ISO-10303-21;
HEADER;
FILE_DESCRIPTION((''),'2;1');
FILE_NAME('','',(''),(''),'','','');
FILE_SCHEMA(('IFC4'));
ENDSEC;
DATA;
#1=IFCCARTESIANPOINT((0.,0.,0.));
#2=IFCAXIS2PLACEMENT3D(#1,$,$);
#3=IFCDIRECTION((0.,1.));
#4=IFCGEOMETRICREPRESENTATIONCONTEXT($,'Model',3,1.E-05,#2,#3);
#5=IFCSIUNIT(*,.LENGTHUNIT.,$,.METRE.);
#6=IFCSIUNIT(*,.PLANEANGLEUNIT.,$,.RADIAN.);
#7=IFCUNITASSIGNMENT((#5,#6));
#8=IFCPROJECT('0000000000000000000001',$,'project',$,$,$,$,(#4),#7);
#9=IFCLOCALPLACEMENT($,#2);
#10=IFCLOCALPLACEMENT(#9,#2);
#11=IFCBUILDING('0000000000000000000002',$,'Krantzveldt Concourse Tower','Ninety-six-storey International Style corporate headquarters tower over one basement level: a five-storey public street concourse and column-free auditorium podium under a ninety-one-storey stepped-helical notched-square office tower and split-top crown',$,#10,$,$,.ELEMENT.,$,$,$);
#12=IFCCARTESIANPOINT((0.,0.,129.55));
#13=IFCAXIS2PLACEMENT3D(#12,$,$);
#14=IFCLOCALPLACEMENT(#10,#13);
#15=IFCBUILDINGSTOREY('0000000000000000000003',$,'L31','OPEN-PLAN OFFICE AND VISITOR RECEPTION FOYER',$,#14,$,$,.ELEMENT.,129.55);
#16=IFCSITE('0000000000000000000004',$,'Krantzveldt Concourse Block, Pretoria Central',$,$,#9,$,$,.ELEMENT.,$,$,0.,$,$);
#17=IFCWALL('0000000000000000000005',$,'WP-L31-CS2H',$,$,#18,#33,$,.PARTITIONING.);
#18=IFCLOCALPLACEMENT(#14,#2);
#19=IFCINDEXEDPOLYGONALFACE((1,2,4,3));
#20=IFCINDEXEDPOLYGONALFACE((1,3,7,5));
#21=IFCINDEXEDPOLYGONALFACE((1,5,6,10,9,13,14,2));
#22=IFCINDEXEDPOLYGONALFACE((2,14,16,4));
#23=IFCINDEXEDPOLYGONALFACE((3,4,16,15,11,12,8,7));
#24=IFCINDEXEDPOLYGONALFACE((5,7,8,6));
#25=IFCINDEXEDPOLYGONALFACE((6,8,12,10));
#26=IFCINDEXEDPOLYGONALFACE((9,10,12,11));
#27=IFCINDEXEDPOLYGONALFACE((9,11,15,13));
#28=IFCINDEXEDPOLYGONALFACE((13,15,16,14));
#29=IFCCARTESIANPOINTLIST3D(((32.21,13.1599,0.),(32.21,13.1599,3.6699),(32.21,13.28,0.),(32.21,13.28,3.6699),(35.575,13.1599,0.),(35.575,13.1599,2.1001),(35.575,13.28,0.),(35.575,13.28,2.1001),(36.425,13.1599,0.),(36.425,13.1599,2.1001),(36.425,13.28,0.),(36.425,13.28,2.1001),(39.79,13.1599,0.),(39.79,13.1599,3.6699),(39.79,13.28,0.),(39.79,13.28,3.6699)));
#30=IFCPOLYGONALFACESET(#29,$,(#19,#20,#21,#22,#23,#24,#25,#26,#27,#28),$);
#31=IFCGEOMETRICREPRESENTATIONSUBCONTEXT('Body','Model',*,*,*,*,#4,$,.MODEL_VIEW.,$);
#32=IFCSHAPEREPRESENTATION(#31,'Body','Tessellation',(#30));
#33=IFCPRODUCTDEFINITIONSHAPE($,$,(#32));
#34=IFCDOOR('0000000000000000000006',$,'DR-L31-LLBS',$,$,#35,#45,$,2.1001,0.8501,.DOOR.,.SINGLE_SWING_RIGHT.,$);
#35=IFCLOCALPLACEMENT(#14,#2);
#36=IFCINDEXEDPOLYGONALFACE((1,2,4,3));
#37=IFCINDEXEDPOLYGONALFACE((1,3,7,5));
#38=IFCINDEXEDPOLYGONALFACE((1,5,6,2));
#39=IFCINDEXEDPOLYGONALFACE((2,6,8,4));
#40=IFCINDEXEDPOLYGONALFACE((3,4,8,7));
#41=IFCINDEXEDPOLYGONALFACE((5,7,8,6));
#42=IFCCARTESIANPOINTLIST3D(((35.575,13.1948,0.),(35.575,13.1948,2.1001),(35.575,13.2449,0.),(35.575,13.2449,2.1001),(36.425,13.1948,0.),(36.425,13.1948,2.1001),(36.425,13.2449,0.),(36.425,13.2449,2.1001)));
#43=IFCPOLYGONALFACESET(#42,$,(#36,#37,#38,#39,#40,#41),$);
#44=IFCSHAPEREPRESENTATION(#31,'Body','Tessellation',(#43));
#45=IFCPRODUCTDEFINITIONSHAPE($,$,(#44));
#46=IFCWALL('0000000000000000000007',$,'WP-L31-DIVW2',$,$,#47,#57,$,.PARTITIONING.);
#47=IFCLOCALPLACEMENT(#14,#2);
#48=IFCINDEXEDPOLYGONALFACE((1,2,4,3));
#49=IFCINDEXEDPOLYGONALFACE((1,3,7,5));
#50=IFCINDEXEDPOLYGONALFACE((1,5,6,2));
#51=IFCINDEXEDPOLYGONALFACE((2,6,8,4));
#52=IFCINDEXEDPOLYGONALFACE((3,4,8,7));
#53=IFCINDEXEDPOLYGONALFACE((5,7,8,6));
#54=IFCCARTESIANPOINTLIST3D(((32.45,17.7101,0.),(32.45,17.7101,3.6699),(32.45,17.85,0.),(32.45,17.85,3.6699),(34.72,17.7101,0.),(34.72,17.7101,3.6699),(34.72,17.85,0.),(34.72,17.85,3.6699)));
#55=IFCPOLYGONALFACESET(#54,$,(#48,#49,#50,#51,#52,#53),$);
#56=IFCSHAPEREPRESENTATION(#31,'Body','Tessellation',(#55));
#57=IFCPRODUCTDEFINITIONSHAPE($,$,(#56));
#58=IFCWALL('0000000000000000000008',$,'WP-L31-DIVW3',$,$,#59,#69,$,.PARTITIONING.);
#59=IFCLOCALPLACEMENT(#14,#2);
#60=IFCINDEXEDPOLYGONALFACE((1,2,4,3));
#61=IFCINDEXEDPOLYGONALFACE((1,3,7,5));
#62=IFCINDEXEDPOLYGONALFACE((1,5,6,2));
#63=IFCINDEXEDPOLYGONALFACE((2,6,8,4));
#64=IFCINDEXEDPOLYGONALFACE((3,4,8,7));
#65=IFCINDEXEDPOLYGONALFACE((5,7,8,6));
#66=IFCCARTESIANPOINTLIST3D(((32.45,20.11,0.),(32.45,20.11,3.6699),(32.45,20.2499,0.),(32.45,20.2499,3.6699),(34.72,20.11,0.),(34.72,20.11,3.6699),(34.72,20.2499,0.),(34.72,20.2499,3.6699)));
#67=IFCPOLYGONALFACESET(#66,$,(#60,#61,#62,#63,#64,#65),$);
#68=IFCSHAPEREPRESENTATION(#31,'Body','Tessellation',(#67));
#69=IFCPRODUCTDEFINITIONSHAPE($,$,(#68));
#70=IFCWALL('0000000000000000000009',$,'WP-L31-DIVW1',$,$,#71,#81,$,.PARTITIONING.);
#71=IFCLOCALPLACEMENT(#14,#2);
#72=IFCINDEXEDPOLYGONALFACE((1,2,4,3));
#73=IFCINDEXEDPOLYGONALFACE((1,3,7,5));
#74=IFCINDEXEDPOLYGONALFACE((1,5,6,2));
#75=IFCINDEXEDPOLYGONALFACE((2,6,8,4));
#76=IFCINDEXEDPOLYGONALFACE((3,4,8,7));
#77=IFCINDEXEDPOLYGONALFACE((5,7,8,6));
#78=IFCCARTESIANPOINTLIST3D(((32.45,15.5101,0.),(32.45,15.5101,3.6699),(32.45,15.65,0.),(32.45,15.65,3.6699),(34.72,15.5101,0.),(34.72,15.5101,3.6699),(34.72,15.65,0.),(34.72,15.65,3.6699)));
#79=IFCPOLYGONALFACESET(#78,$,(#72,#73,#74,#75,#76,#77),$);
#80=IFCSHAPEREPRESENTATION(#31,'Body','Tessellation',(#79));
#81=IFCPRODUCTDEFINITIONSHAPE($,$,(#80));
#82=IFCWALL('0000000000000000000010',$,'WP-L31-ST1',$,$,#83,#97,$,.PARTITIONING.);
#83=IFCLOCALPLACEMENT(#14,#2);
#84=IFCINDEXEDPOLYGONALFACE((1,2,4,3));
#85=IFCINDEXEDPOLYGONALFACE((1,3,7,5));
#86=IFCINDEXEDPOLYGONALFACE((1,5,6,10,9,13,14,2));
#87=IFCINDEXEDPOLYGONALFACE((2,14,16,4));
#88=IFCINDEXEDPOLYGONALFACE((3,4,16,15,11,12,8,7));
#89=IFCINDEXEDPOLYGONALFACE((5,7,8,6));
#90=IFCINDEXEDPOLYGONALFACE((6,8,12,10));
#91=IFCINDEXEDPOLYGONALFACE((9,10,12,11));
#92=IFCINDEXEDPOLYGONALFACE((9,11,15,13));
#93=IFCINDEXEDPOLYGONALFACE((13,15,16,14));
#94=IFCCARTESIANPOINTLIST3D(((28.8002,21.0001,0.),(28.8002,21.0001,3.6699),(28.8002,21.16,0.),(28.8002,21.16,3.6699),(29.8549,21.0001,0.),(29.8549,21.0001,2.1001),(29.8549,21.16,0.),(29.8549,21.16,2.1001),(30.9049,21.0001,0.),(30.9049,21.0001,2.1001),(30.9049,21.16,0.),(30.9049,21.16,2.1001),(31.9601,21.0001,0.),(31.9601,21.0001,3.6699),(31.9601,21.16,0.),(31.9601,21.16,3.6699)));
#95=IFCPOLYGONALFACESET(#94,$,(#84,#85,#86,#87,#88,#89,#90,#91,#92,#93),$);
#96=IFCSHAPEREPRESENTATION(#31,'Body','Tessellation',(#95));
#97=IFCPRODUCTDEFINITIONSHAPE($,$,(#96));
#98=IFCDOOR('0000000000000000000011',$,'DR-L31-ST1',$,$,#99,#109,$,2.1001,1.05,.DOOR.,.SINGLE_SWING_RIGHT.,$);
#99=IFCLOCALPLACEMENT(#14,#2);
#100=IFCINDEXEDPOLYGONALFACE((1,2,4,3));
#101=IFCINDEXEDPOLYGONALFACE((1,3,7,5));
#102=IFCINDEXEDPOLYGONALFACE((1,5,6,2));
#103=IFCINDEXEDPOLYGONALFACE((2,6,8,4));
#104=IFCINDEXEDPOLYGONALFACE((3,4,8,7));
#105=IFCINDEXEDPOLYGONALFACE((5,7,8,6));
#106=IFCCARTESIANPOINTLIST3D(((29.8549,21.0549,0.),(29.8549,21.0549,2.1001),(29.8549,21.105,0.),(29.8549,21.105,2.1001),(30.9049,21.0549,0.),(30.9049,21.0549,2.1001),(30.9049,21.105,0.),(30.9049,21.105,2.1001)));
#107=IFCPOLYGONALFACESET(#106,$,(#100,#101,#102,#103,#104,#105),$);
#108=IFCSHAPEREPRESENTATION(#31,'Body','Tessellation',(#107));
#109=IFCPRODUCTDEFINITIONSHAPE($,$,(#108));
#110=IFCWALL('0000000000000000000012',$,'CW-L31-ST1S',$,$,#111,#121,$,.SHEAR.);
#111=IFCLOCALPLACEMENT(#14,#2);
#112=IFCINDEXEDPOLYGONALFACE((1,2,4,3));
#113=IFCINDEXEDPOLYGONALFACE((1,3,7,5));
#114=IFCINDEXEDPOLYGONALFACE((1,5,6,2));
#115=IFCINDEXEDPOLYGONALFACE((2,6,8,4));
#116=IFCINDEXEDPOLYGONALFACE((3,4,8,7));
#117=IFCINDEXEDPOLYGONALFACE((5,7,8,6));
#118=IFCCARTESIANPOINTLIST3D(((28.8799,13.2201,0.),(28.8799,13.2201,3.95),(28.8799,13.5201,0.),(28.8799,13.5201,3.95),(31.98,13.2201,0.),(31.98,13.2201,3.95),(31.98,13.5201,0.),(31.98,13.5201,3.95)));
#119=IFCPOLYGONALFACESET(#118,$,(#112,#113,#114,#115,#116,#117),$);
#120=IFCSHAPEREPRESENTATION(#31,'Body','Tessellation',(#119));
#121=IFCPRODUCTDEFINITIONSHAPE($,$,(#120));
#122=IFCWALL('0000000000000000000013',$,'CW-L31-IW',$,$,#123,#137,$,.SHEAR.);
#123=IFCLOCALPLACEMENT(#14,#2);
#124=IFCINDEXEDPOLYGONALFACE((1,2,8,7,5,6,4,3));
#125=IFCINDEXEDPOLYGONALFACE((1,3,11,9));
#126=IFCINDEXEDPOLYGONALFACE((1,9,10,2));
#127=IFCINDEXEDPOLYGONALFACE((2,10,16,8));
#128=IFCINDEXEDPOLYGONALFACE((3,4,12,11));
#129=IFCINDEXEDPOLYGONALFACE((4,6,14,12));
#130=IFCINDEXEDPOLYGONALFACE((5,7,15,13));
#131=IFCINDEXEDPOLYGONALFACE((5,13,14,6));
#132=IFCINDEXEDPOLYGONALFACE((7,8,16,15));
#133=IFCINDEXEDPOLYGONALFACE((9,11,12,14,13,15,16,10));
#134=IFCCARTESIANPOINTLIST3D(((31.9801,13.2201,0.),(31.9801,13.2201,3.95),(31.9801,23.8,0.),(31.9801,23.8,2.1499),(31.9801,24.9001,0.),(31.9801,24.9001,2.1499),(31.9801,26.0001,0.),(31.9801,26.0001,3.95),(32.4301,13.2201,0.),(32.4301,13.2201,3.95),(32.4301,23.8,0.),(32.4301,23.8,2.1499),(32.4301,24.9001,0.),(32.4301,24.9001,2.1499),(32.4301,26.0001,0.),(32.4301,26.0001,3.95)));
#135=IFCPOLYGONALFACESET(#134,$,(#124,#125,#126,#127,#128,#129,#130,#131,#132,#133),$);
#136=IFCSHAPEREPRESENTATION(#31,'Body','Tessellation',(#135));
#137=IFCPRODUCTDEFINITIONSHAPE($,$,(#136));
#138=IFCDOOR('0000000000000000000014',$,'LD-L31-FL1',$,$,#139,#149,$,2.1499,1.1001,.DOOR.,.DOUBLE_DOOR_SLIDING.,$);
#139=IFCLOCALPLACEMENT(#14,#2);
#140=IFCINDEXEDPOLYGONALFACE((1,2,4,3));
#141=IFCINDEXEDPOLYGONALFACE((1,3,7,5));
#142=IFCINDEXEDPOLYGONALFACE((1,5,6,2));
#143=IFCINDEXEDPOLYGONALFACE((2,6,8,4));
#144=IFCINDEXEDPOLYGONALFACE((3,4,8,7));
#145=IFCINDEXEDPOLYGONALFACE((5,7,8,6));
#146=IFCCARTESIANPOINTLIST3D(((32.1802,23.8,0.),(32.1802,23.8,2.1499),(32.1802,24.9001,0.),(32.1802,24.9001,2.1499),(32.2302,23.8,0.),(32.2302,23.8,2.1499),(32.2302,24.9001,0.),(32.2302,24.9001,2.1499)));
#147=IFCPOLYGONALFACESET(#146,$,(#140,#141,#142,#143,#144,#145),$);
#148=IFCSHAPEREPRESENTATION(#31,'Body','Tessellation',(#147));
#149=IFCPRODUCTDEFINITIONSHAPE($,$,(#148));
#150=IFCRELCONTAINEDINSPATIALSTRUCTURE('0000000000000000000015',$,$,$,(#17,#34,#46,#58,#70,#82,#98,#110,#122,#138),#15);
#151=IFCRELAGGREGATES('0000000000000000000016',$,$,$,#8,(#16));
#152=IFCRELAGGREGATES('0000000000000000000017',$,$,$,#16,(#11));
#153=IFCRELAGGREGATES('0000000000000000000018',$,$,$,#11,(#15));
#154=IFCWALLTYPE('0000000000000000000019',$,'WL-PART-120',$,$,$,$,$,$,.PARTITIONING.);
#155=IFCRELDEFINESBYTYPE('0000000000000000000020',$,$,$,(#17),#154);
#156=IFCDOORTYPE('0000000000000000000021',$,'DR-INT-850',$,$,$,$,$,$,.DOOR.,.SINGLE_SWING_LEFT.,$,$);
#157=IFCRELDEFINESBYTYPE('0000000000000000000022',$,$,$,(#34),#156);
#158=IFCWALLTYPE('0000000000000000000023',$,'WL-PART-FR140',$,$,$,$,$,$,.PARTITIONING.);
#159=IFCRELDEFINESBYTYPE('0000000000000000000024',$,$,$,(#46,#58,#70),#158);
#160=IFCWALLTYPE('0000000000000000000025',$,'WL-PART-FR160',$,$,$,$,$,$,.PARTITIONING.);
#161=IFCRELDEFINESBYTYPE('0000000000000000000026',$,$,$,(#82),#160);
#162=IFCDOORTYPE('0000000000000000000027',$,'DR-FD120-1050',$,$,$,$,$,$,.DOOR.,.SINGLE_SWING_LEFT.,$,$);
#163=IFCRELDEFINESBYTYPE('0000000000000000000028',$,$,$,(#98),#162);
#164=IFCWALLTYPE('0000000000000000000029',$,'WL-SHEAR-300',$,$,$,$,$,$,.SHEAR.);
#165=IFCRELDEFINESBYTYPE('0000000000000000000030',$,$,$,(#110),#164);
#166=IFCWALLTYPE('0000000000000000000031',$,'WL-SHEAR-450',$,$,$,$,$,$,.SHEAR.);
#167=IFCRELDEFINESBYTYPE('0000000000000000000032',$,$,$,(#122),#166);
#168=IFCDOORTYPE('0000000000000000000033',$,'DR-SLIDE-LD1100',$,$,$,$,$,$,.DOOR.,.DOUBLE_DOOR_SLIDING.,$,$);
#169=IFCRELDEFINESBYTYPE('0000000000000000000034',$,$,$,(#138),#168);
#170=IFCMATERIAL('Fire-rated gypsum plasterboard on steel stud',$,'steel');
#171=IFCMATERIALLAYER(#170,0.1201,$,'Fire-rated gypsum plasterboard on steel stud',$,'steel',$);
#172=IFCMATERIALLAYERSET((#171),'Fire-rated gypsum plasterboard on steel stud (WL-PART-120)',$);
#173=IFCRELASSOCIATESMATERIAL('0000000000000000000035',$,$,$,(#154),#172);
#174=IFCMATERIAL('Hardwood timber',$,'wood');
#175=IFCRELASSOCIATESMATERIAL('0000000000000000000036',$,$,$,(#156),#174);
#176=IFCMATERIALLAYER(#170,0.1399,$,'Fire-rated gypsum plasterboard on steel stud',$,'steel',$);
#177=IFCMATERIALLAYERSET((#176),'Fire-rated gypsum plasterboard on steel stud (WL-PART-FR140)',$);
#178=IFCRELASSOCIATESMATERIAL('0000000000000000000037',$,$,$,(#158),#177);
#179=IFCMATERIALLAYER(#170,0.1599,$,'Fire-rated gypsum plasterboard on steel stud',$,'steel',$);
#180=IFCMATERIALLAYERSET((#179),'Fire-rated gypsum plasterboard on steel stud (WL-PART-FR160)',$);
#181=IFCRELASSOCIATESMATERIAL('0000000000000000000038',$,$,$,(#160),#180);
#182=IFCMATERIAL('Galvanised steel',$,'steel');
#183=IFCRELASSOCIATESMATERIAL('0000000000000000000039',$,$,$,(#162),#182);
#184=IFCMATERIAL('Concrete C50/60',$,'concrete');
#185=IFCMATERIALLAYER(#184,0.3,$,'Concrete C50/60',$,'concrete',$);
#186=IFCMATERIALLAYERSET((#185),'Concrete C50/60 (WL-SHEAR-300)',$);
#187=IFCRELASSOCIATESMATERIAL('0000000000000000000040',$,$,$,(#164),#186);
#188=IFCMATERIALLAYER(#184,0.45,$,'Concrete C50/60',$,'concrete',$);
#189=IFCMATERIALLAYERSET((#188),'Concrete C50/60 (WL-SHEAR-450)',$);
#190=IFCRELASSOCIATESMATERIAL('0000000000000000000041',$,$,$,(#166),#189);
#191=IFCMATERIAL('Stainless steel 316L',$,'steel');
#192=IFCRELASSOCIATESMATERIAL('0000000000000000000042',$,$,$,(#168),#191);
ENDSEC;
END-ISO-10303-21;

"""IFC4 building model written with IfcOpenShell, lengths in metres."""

from ifc_helpers import new_model, si_unit, direction, frame, frame_2d, origin, place, context, subcontext, project, spatial, rectangle, extrude, material, layer, layer_set, type_object, element, fill, save


model = new_model("IFC4")

# Units and contexts
model_context = context("Model", 3, precision=1e-05, world=origin(), true_north=direction((0.0, 1.0)))
body_context = subcontext(model_context, "Body", "Model", "MODEL_VIEW")
ifc_project = project(units=[si_unit("LENGTHUNIT", "METRE"), si_unit("PLANEANGLEUNIT", "RADIAN")], contexts=[model_context])

# Site, building, storey
site_placement = place(None, origin())
site = spatial("IfcSite", under=ifc_project, at=site_placement, Name="Krantzveldt Concourse Block, Pretoria Central", CompositionType="ELEMENT", RefElevation=0.0)
building_placement = place(site_placement, origin())
building = spatial("IfcBuilding", under=site, at=building_placement, Name="Krantzveldt Concourse Tower", Description="Ninety-six-storey International Style corporate headquarters tower over one basement level: a five-storey public street concourse and column-free auditorium podium under a ninety-one-storey stepped-helical notched-square office tower and split-top crown", CompositionType="ELEMENT")
storey_placement = place(building_placement, frame((0.0, 0.0, 129.55)))
storey = spatial("IfcBuildingStorey", under=building, at=storey_placement, Name="L31", Description="OPEN-PLAN OFFICE AND VISITOR RECEPTION FOYER", CompositionType="ELEMENT", Elevation=129.55)

# Wall, opening, door
ifc_material_1 = material(Name="Fire-rated gypsum plasterboard on steel stud", Category="steel")
ifc_layer_1 = layer(ifc_material_1, 0.1201, Name="Fire-rated gypsum plasterboard on steel stud", Category="steel")
ifc_layer_set_1 = layer_set([ifc_layer_1], Name="Fire-rated gypsum plasterboard on steel stud (WL-PART-120)")
wall_type_1 = type_object("IfcWallType", Name="WL-PART-120", PredefinedType="PARTITIONING", material=ifc_layer_set_1)
wall_1_placement = place(storey_placement, frame((32.21, 13.22, 0.0), z_axis=(0.0, 0.0, 1.0), x_axis=(1.0, 0.0, 0.0)))
wall_1 = element("IfcWall", 1, at=wall_1_placement, inside=storey, type_object=wall_type_1, Name="WP-L31-CS2H", PredefinedType="PARTITIONING", context=body_context, shape_type="SweptSolid", body=[
    extrude(rectangle(XDim=7.5801, YDim=0.1201, at=frame_2d((3.79, 0.0))), origin(), (0.0, 0.0, 1.0), 3.6699),
])
opening_1_placement = place(wall_1_placement, frame((3.365, 0.0, 0.0)))
opening_1 = element("IfcOpeningElement", 2, at=opening_1_placement, cuts=wall_1, PredefinedType="OPENING", context=body_context, shape_type="SweptSolid", body=[
    extrude(rectangle(XDim=0.8501, YDim=2.1001, at=frame_2d((0.425, 1.05))), frame((0.0, 0.0701, 0.0), z_axis=(0.0, -1.0, 0.0), x_axis=(1.0, 0.0, 0.0)), (0.0, 0.0, 1.0), 0.1401),
])
ifc_material_2 = material(Name="Hardwood timber", Category="wood")
door_type_1 = type_object("IfcDoorType", Name="DR-INT-850", OperationType="SINGLE_SWING_LEFT", PredefinedType="DOOR", material=ifc_material_2)
door_1_placement = place(opening_1_placement, origin())
door_1 = element("IfcDoor", 3, at=door_1_placement, inside=storey, type_object=door_type_1, Name="DR-L31-LLBS", OperationType="SINGLE_SWING_RIGHT", OverallHeight=2.1001, OverallWidth=0.8501, PredefinedType="DOOR", context=body_context, shape_type="SweptSolid", body=[
    extrude(rectangle(XDim=0.8501, YDim=2.1001, at=frame_2d((0.425, 1.05))), frame((0.0, 0.0249, 0.0), z_axis=(0.0, -1.0, 0.0), x_axis=(1.0, 0.0, 0.0)), (0.0, 0.0, 1.0), 0.05),
])
fill(opening_1, door_1)

# Walls
ifc_layer_2 = layer(ifc_material_1, 0.1399, Name="Fire-rated gypsum plasterboard on steel stud", Category="steel")
ifc_layer_set_2 = layer_set([ifc_layer_2], Name="Fire-rated gypsum plasterboard on steel stud (WL-PART-FR140)")
wall_type_2 = type_object("IfcWallType", Name="WL-PART-FR140", PredefinedType="PARTITIONING", material=ifc_layer_set_2)
for number, where, z_axis, x_axis, name in (
    (4, (32.45, 17.78, 0.0), (0.0, 0.0, 1.0), (1.0, 0.0, 0.0), "WP-L31-DIVW2"),
    (5, (32.45, 20.1799, 0.0), (0.0, 0.0, 1.0), (1.0, 0.0, 0.0), "WP-L31-DIVW3"),
    (6, (32.45, 15.5801, 0.0), (0.0, 0.0, 1.0), (1.0, 0.0, 0.0), "WP-L31-DIVW1"),
):
    element("IfcWall", number, at=place(storey_placement, frame(where, z_axis=z_axis, x_axis=x_axis)), inside=storey, type_object=wall_type_2, Name=name, PredefinedType="PARTITIONING", context=body_context, shape_type="SweptSolid", body=[
        extrude(rectangle(XDim=2.27, YDim=0.1399, at=frame_2d((1.135, 0.0))), origin(), (0.0, 0.0, 1.0), 3.6699),
    ])

# Wall, opening, door
ifc_layer_3 = layer(ifc_material_1, 0.1599, Name="Fire-rated gypsum plasterboard on steel stud", Category="steel")
ifc_layer_set_3 = layer_set([ifc_layer_3], Name="Fire-rated gypsum plasterboard on steel stud (WL-PART-FR160)")
wall_type_3 = type_object("IfcWallType", Name="WL-PART-FR160", PredefinedType="PARTITIONING", material=ifc_layer_set_3)
wall_2_placement = place(storey_placement, frame((28.8, 21.0801, 0.0), z_axis=(0.0, 0.0, 1.0), x_axis=(1.0, 0.0, 0.0)))
wall_2 = element("IfcWall", 7, at=wall_2_placement, inside=storey, type_object=wall_type_3, Name="WP-L31-ST1", PredefinedType="PARTITIONING", context=body_context, shape_type="SweptSolid", body=[
    extrude(rectangle(XDim=3.1599, YDim=0.1599, at=frame_2d((1.5801, 0.0))), origin(), (0.0, 0.0, 1.0), 3.6699),
])
opening_2_placement = place(wall_2_placement, frame((1.0549, 0.0, 0.0)))
opening_2 = element("IfcOpeningElement", 8, at=opening_2_placement, cuts=wall_2, PredefinedType="OPENING", context=body_context, shape_type="SweptSolid", body=[
    extrude(rectangle(XDim=1.05, YDim=2.1001, at=frame_2d((0.5249, 1.05))), frame((0.0, 0.0898, 0.0), z_axis=(0.0, -1.0, 0.0), x_axis=(1.0, 0.0, 0.0)), (0.0, 0.0, 1.0), 0.1799),
])
ifc_material_3 = material(Name="Galvanised steel", Category="steel")
door_type_2 = type_object("IfcDoorType", Name="DR-FD120-1050", OperationType="SINGLE_SWING_LEFT", PredefinedType="DOOR", material=ifc_material_3)
door_2_placement = place(opening_2_placement, origin())
door_2 = element("IfcDoor", 9, at=door_2_placement, inside=storey, type_object=door_type_2, Name="DR-L31-ST1", OperationType="SINGLE_SWING_RIGHT", OverallHeight=2.1001, OverallWidth=1.05, PredefinedType="DOOR", context=body_context, shape_type="SweptSolid", body=[
    extrude(rectangle(XDim=1.05, YDim=2.1001, at=frame_2d((0.5249, 1.05))), frame((0.0, 0.0249, 0.0), z_axis=(0.0, -1.0, 0.0), x_axis=(1.0, 0.0, 0.0)), (0.0, 0.0, 1.0), 0.05),
])
fill(opening_2, door_2)

# Wall
ifc_material_4 = material(Name="Concrete C50/60", Category="concrete")
ifc_layer_4 = layer(ifc_material_4, 0.3, Name="Concrete C50/60", Category="concrete")
ifc_layer_set_4 = layer_set([ifc_layer_4], Name="Concrete C50/60 (WL-SHEAR-300)")
wall_type_4 = type_object("IfcWallType", Name="WL-SHEAR-300", PredefinedType="SHEAR", material=ifc_layer_set_4)
wall_3_placement = place(storey_placement, frame((28.8799, 13.3701, 0.0), z_axis=(0.0, 0.0, 1.0), x_axis=(1.0, 0.0, 0.0)))
element("IfcWall", 10, at=wall_3_placement, inside=storey, type_object=wall_type_4, Name="CW-L31-ST1S", PredefinedType="SHEAR", context=body_context, shape_type="SweptSolid", body=[
    extrude(rectangle(XDim=3.1001, YDim=0.3, at=frame_2d((1.55, 0.0))), origin(), (0.0, 0.0, 1.0), 3.95),
])

# Wall, opening, door
ifc_layer_5 = layer(ifc_material_4, 0.45, Name="Concrete C50/60", Category="concrete")
ifc_layer_set_5 = layer_set([ifc_layer_5], Name="Concrete C50/60 (WL-SHEAR-450)")
wall_type_5 = type_object("IfcWallType", Name="WL-SHEAR-450", PredefinedType="SHEAR", material=ifc_layer_set_5)
wall_4_placement = place(storey_placement, frame((32.2051, 13.22, 0.0), z_axis=(0.0, 0.0, 1.0), x_axis=(0.0, 1.0, 0.0)))
wall_4 = element("IfcWall", 11, at=wall_4_placement, inside=storey, type_object=wall_type_5, Name="CW-L31-IW", PredefinedType="SHEAR", context=body_context, shape_type="SweptSolid", body=[
    extrude(rectangle(XDim=12.78, YDim=0.45, at=frame_2d((6.3901, 0.0))), origin(), (0.0, 0.0, 1.0), 3.95),
])
opening_3_placement = place(wall_4_placement, frame((10.5801, 0.0, 0.0)))
opening_3 = element("IfcOpeningElement", 12, at=opening_3_placement, cuts=wall_4, PredefinedType="OPENING", context=body_context, shape_type="SweptSolid", body=[
    extrude(rectangle(XDim=1.1001, YDim=2.1499, at=frame_2d((0.55, 1.075))), frame((0.0, 0.2349, 0.0), z_axis=(0.0, -1.0, 0.0), x_axis=(1.0, 0.0, 0.0)), (0.0, 0.0, 1.0), 0.47),
])
ifc_material_5 = material(Name="Stainless steel 316L", Category="steel")
door_type_3 = type_object("IfcDoorType", Name="DR-SLIDE-LD1100", OperationType="DOUBLE_DOOR_SLIDING", PredefinedType="DOOR", material=ifc_material_5)
door_3_placement = place(opening_3_placement, origin())
door_3 = element("IfcDoor", 13, at=door_3_placement, inside=storey, type_object=door_type_3, Name="LD-L31-FL1", OperationType="DOUBLE_DOOR_SLIDING", OverallHeight=2.1499, OverallWidth=1.1001, PredefinedType="DOOR", context=body_context, shape_type="SweptSolid", body=[
    extrude(rectangle(XDim=1.1001, YDim=2.1499, at=frame_2d((0.55, 1.075))), frame((0.0, 0.0249, 0.0), z_axis=(0.0, -1.0, 0.0), x_axis=(1.0, 0.0, 0.0)), (0.0, 0.0, 1.0), 0.05),
])
fill(opening_3, door_3)

save(model, "model.ifc")
